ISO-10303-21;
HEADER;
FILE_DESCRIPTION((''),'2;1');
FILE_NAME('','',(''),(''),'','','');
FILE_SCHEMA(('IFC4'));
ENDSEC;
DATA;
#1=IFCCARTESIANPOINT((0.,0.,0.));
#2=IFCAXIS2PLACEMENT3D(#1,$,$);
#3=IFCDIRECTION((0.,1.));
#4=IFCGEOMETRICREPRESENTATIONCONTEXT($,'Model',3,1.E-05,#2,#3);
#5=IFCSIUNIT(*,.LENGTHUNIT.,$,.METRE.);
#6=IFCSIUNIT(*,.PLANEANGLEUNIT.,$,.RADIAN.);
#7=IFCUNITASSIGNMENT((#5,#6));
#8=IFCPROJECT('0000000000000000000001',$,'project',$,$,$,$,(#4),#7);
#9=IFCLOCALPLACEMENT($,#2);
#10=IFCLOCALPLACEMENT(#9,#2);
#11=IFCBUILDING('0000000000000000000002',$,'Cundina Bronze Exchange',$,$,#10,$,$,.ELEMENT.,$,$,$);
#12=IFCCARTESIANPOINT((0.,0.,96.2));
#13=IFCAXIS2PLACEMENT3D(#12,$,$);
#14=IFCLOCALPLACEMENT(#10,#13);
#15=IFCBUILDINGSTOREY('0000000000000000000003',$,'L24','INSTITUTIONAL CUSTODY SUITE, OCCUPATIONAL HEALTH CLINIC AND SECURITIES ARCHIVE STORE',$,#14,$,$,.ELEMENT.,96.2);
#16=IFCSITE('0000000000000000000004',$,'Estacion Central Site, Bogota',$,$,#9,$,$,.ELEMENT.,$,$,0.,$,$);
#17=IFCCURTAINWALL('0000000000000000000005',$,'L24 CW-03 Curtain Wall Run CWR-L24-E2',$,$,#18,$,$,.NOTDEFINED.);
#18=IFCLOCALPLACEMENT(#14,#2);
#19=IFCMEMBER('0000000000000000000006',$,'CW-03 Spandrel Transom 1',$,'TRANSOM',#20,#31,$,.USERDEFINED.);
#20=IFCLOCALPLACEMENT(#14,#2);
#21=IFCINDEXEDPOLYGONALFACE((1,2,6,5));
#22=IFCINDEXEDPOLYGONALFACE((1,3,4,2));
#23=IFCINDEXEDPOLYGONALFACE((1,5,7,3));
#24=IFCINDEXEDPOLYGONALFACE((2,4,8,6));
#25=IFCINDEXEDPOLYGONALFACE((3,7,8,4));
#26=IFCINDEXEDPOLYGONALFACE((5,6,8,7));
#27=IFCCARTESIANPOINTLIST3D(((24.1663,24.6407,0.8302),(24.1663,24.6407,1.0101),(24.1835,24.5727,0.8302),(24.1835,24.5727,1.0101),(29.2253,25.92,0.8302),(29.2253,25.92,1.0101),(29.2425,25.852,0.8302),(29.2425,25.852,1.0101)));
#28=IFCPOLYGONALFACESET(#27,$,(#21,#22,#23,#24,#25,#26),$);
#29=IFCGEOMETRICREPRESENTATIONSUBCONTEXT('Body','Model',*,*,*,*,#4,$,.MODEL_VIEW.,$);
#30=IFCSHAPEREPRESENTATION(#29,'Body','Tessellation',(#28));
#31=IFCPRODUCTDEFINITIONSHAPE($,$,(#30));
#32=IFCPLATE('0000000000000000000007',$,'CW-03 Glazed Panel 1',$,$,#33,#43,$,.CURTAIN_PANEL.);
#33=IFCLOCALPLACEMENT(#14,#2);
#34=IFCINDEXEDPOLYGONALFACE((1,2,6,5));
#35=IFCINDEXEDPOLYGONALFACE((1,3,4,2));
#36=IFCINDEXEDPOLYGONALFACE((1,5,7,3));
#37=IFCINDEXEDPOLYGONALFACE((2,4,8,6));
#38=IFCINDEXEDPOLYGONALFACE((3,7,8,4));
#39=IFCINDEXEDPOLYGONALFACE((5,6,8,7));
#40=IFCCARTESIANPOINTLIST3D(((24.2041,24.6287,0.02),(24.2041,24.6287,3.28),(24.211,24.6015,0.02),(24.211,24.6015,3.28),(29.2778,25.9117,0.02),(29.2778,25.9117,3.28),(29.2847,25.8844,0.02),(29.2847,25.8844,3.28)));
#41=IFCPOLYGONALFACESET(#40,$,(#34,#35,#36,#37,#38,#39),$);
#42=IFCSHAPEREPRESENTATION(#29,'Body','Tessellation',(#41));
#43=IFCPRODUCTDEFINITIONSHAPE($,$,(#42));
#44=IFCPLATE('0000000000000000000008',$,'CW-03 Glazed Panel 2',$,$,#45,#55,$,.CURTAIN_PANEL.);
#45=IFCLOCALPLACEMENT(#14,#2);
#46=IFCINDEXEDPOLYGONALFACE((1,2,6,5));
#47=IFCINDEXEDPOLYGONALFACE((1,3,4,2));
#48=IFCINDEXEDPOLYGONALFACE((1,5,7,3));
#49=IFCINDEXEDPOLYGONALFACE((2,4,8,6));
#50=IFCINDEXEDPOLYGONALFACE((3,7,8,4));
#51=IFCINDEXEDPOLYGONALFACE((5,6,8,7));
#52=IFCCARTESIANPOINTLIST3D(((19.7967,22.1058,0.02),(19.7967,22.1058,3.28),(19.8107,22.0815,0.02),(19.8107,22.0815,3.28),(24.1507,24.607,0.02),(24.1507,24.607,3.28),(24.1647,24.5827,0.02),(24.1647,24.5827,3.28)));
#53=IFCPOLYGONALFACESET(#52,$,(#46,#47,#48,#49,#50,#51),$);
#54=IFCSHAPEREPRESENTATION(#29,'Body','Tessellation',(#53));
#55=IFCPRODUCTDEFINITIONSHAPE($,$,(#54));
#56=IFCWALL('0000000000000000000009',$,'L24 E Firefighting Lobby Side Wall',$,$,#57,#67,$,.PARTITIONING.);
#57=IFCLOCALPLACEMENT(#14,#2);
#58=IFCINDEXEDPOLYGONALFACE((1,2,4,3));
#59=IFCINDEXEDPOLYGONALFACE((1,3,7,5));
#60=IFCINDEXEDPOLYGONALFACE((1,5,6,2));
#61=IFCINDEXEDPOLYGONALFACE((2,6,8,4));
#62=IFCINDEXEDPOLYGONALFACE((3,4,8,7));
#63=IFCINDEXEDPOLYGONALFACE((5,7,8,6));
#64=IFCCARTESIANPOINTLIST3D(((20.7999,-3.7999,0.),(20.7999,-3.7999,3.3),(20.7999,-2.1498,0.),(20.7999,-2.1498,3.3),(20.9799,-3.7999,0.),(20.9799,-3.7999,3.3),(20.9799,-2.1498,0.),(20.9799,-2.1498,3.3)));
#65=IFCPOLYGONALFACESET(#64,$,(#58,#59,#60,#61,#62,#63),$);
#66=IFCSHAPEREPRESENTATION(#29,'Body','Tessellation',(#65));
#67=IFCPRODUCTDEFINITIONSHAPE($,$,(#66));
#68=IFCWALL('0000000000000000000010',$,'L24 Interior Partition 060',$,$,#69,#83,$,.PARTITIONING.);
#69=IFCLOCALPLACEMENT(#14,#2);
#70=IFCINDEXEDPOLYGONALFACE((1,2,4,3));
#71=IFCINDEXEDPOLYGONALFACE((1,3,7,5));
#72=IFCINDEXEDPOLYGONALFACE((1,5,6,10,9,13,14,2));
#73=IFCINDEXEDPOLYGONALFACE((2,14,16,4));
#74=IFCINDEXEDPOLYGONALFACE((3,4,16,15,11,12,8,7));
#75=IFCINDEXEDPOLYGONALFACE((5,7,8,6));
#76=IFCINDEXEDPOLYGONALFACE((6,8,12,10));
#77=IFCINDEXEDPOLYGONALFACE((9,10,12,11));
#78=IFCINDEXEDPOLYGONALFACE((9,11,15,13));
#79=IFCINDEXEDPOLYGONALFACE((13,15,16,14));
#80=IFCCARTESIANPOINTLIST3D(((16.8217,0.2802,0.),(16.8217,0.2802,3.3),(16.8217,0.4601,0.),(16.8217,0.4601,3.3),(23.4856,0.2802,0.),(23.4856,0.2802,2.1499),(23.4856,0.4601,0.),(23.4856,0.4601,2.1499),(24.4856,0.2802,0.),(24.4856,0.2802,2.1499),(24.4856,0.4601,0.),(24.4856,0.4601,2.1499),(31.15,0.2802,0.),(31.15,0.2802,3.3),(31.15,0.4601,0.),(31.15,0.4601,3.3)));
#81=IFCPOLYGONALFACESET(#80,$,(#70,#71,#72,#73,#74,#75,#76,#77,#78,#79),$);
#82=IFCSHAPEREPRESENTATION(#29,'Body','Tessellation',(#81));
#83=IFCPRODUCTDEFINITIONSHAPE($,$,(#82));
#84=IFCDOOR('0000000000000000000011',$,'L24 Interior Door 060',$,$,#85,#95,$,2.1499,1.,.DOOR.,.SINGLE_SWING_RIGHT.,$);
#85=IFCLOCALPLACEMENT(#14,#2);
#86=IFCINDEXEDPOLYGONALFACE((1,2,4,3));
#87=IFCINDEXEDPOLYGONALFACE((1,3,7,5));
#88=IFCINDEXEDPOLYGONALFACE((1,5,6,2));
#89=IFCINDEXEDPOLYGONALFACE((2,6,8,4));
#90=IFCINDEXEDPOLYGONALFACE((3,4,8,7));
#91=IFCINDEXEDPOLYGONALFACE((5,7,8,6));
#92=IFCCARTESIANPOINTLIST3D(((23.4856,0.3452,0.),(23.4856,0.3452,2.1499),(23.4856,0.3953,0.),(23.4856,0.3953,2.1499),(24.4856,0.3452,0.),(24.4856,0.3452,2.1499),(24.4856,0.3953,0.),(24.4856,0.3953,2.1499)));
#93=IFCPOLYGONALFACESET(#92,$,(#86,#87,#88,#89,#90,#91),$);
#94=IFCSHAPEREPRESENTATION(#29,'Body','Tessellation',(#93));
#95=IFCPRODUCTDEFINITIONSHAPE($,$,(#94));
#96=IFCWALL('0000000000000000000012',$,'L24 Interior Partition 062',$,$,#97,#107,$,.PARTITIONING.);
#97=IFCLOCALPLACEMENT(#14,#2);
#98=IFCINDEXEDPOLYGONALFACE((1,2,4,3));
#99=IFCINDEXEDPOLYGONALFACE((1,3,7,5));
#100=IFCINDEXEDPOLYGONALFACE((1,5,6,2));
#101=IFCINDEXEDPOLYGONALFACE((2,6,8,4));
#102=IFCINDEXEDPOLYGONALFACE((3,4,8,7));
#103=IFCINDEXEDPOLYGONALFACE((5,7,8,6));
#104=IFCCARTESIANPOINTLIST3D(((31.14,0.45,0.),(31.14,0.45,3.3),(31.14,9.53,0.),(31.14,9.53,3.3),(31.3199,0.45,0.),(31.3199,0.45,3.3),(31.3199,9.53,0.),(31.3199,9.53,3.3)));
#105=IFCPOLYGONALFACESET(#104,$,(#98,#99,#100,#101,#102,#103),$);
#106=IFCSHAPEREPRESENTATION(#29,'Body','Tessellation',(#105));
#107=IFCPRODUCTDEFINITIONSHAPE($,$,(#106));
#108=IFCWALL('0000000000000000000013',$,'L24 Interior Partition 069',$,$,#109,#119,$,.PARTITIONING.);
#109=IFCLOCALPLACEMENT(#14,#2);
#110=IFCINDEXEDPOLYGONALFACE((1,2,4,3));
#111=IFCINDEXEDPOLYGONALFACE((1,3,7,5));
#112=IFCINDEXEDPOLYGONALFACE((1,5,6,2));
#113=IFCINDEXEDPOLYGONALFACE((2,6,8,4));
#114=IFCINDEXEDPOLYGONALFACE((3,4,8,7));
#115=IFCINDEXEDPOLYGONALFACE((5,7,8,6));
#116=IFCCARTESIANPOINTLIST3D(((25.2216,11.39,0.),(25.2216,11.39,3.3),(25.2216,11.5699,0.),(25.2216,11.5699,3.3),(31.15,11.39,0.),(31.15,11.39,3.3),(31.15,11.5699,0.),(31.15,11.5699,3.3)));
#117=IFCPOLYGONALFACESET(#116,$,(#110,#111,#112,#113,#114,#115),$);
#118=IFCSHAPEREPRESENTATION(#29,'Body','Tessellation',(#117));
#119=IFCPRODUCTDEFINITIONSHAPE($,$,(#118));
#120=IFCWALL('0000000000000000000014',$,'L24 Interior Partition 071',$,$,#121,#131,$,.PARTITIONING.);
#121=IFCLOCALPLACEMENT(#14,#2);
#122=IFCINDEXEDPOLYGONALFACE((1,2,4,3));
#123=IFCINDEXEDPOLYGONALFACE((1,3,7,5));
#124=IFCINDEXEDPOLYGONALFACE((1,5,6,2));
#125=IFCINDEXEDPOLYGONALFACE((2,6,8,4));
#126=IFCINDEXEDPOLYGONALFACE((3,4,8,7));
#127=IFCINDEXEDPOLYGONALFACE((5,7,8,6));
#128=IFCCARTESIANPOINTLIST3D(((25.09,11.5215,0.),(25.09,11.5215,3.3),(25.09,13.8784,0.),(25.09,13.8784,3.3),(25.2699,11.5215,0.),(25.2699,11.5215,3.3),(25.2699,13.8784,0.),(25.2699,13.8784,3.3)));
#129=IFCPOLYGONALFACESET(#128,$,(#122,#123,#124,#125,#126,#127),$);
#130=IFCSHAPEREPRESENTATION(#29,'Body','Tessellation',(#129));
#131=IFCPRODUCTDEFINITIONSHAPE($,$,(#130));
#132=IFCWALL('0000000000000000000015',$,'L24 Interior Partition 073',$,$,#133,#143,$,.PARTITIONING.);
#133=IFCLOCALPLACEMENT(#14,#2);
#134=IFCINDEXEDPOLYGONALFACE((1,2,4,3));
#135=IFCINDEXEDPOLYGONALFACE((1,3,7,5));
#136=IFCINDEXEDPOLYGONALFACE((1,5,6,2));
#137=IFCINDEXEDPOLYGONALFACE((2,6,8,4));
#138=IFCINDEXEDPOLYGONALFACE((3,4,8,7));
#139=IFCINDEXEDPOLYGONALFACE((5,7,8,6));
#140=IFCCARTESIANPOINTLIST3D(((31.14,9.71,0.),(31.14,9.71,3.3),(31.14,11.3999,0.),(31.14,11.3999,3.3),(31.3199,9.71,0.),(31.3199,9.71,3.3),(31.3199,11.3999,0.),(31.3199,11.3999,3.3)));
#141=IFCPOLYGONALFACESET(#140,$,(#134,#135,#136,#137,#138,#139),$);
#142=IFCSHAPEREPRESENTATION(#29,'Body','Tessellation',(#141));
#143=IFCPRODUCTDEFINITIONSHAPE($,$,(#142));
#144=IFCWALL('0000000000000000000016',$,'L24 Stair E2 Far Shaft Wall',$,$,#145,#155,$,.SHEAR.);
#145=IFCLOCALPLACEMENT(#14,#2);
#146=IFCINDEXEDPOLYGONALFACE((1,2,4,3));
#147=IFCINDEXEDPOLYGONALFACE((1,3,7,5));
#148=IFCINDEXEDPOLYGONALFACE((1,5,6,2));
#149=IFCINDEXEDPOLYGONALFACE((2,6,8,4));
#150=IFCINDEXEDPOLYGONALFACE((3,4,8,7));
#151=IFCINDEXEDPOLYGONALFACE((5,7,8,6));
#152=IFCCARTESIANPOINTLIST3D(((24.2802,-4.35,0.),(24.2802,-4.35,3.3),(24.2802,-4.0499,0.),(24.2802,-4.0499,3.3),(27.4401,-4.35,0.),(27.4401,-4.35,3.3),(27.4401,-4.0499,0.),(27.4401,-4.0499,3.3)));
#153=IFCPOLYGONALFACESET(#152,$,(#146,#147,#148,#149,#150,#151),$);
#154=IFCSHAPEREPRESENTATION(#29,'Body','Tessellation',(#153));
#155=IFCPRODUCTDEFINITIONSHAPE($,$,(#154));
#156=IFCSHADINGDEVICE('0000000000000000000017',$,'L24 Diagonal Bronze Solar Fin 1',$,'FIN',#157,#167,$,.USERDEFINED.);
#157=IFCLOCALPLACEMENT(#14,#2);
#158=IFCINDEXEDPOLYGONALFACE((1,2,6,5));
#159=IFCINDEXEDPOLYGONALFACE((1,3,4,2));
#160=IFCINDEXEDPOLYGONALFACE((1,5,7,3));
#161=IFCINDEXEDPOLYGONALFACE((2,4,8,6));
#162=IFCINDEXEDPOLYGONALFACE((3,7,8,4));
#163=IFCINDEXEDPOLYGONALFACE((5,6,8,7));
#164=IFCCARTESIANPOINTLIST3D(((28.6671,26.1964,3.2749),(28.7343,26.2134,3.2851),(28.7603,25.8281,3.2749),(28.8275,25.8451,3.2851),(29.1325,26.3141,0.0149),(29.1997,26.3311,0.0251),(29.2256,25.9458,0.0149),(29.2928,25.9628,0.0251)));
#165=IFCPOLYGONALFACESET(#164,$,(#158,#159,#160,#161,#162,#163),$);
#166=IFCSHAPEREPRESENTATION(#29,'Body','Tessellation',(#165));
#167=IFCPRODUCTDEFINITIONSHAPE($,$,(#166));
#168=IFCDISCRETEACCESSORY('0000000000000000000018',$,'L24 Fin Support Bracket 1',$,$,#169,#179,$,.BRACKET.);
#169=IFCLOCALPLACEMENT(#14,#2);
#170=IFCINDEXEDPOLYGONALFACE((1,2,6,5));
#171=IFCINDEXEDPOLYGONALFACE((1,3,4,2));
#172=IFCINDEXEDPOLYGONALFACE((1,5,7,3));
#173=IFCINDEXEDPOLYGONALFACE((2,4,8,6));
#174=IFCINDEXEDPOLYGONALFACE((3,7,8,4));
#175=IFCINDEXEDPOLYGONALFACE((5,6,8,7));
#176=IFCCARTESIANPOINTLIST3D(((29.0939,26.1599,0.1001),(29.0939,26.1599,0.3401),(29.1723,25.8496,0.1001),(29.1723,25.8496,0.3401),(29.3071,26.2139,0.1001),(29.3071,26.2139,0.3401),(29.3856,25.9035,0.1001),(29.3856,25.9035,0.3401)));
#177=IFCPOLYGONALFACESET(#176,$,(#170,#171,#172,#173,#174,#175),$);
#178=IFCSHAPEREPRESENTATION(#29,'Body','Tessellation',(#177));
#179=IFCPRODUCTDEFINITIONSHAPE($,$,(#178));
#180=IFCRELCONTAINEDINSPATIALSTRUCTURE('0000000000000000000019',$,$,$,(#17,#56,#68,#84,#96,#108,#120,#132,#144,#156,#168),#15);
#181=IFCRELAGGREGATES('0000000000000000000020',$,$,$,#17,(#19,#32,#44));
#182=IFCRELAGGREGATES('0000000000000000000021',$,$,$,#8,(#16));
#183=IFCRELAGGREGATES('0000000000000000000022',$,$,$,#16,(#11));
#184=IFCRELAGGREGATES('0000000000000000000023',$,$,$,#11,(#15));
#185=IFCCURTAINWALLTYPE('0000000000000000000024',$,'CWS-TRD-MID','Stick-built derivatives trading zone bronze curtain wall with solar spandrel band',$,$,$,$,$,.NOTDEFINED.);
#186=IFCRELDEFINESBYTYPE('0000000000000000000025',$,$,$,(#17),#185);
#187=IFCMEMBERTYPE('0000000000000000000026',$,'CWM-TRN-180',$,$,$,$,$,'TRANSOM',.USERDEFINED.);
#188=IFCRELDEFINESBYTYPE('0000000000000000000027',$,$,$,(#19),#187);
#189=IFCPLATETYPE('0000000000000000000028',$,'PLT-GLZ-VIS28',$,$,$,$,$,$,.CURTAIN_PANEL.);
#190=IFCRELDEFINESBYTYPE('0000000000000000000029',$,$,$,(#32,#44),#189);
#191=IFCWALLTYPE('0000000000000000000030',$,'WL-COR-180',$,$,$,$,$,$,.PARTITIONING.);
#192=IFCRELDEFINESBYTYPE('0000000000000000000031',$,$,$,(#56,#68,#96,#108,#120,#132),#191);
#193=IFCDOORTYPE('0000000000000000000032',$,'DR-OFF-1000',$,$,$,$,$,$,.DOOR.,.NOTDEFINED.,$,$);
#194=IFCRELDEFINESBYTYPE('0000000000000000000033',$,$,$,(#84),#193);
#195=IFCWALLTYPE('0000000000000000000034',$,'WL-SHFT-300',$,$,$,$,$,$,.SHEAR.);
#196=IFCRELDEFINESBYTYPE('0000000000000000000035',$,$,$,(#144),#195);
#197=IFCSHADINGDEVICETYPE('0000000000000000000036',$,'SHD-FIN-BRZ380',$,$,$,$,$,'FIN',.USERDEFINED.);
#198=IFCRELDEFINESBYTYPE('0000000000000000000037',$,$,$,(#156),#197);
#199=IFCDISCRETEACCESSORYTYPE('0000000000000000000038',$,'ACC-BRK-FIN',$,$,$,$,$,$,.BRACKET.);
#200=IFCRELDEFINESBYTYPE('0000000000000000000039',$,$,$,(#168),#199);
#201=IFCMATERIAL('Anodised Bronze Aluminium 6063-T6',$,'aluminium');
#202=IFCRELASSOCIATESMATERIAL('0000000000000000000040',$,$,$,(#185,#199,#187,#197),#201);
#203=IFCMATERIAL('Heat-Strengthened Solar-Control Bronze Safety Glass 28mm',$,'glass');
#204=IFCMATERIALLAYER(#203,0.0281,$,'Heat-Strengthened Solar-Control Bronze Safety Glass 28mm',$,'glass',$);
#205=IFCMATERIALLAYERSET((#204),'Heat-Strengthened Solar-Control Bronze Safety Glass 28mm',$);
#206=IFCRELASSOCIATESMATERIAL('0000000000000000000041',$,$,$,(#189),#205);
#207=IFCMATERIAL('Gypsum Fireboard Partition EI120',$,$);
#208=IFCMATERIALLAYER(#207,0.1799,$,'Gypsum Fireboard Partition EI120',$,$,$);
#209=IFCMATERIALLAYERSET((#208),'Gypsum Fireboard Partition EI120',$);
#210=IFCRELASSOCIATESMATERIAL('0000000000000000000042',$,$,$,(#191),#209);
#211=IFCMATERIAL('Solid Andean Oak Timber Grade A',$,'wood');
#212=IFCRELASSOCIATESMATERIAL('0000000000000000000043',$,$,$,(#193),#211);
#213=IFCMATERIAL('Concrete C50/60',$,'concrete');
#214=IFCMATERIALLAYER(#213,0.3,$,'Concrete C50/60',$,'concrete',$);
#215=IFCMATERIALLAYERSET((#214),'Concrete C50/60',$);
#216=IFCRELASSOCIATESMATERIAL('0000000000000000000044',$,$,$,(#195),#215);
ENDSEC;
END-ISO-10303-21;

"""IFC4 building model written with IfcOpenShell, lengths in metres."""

from ifc_helpers import new_model, si_unit, direction, frame, frame_2d, origin, origin_2d, place, context, subcontext, project, spatial, rectangle, extrude, material, layer, layer_set, material_profile, profile_set, type_object, element, fill, aggregate, save


model = new_model("IFC4")

# Units and contexts
model_context = context("Model", 3, precision=1e-05, world=origin(), true_north=direction((0.0, 1.0)))
body_context = subcontext(model_context, "Body", "Model", "MODEL_VIEW")
ifc_project = project(units=[si_unit("LENGTHUNIT", "METRE"), si_unit("PLANEANGLEUNIT", "RADIAN")], contexts=[model_context])

# Site, building, storey
site_placement = place(None, origin())
site = spatial("IfcSite", under=ifc_project, at=site_placement, Name="Estacion Central Site, Bogota", CompositionType="ELEMENT", RefElevation=0.0)
building_placement = place(site_placement, origin())
building = spatial("IfcBuilding", under=site, at=building_placement, Name="Cundina Bronze Exchange", CompositionType="ELEMENT")
storey_placement = place(building_placement, frame((0.0, 0.0, 96.2)))
storey = spatial("IfcBuildingStorey", under=building, at=storey_placement, Name="L24", Description="INSTITUTIONAL CUSTODY SUITE, OCCUPATIONAL HEALTH CLINIC AND SECURITIES ARCHIVE STORE", CompositionType="ELEMENT", Elevation=96.2)

# Shared definitions
ifc_material_1 = material(Name="Anodised Bronze Aluminium 6063-T6", Category="aluminium")
curtain_wall_type = type_object("IfcCurtainWallType", Name="CWS-TRD-MID", Description="Stick-built derivatives trading zone bronze curtain wall with solar spandrel band", PredefinedType="NOTDEFINED", material=ifc_material_1)

# Curtain wall, member, plates
curtain_wall_1_placement = place(storey_placement, origin())
curtain_wall_1 = element("IfcCurtainWall", 1, at=curtain_wall_1_placement, inside=storey, type_object=curtain_wall_type, Name="L24 CW-03 Curtain Wall Run CWR-L24-E2", PredefinedType="NOTDEFINED")
ifc_material_profile_1 = material_profile(ifc_material_1, rectangle(XDim=0.0701, YDim=0.1799, at=origin_2d()), Name="AL70X180", Category="aluminium")
ifc_profile_set_1 = profile_set([ifc_material_profile_1], Name="Anodised Bronze Aluminium 6063-T6")
member_type_1 = type_object("IfcMemberType", Name="CWM-TRN-180", ElementType="TRANSOM", PredefinedType="USERDEFINED", material=ifc_profile_set_1)
member_1_placement = place(storey_placement, frame((29.2339, 25.886, 0.9202), z_axis=(-0.969484, -0.245155, 0.0), x_axis=(0.245155, -0.969484, 0.0)))
member_1 = element("IfcMember", 2, at=member_1_placement, type_object=member_type_1, Name="CW-03 Spandrel Transom 1", ObjectType="TRANSOM", PredefinedType="USERDEFINED", context=body_context, shape_type="SweptSolid", body=[
    extrude(rectangle(XDim=0.0701, YDim=0.1799, at=origin_2d()), origin(), (0.0, 0.0, 1.0), 5.2183),
])
ifc_material_2 = material(Name="Heat-Strengthened Solar-Control Bronze Safety Glass 28mm", Category="glass")
ifc_layer_1 = layer(ifc_material_2, 0.0281, Name="Heat-Strengthened Solar-Control Bronze Safety Glass 28mm", Category="glass")
ifc_layer_set_1 = layer_set([ifc_layer_1], Name="Heat-Strengthened Solar-Control Bronze Safety Glass 28mm")
plate_type = type_object("IfcPlateType", Name="PLT-GLZ-VIS28", PredefinedType="CURTAIN_PANEL", material=ifc_layer_set_1)
plate_1_placement = place(storey_placement, frame((26.7444, 25.2566, 0.02), z_axis=(0.0, 0.0, 1.0), x_axis=(-0.969488, -0.245138, 0.0)))
plate_1 = element("IfcPlate", 3, at=plate_1_placement, type_object=plate_type, Name="CW-03 Glazed Panel 1", PredefinedType="CURTAIN_PANEL", context=body_context, shape_type="SweptSolid", body=[
    extrude(rectangle(XDim=5.2334, YDim=0.0281, at=origin_2d()), origin(), (0.0, 0.0, 1.0), 3.26),
])
plate_2_placement = place(storey_placement, frame((21.9807, 23.3442, 0.02), z_axis=(0.0, 0.0, 1.0), x_axis=(-0.867105, -0.498125, 0.0)))
plate_2 = element("IfcPlate", 4, at=plate_2_placement, type_object=plate_type, Name="CW-03 Glazed Panel 2", PredefinedType="CURTAIN_PANEL", context=body_context, shape_type="SweptSolid", body=[
    extrude(rectangle(XDim=5.0212, YDim=0.0281, at=origin_2d()), origin(), (0.0, 0.0, 1.0), 3.26),
])
aggregate(curtain_wall_1, [member_1, plate_1, plate_2])

# Wall
ifc_material_3 = material(Name="Gypsum Fireboard Partition EI120")
ifc_layer_2 = layer(ifc_material_3, 0.1799, Name="Gypsum Fireboard Partition EI120")
ifc_layer_set_2 = layer_set([ifc_layer_2], Name="Gypsum Fireboard Partition EI120")
wall_type_1 = type_object("IfcWallType", Name="WL-COR-180", PredefinedType="PARTITIONING", material=ifc_layer_set_2)
wall_1_placement = place(storey_placement, frame((20.8899, -3.8, 0.0), z_axis=(0.0, 0.0, 1.0), x_axis=(0.0, 1.0, 0.0)))
element("IfcWall", 5, at=wall_1_placement, inside=storey, type_object=wall_type_1, Name="L24 E Firefighting Lobby Side Wall", PredefinedType="PARTITIONING", context=body_context, shape_type="SweptSolid", body=[
    extrude(rectangle(XDim=1.6501, YDim=0.1799, at=frame_2d((0.8252, 0.0))), origin(), (0.0, 0.0, 1.0), 3.3),
])

# Wall, opening, door
wall_2_placement = place(storey_placement, frame((31.1499, 0.3701, 0.0), z_axis=(0.0, 0.0, 1.0), x_axis=(-1.0, 0.0, 0.0)))
wall_2 = element("IfcWall", 6, at=wall_2_placement, inside=storey, type_object=wall_type_1, Name="L24 Interior Partition 060", PredefinedType="PARTITIONING", context=body_context, shape_type="SweptSolid", body=[
    extrude(rectangle(XDim=14.3284, YDim=0.1799, at=frame_2d((7.1641, 0.0))), origin(), (0.0, 0.0, 1.0), 3.3),
])
opening_1_placement = place(wall_2_placement, frame((6.6643, 0.0, 0.0)))
opening_1 = element("IfcOpeningElement", 7, at=opening_1_placement, cuts=wall_2, PredefinedType="OPENING", context=body_context, shape_type="SweptSolid", body=[
    extrude(rectangle(XDim=1.0, YDim=2.1499, at=frame_2d((0.5, 1.075))), frame((0.0, 0.0999, 0.0), z_axis=(0.0, -1.0, 0.0), x_axis=(1.0, 0.0, 0.0)), (0.0, 0.0, 1.0), 0.2),
])
ifc_material_4 = material(Name="Solid Andean Oak Timber Grade A", Category="wood")
door_type_1 = type_object("IfcDoorType", Name="DR-OFF-1000", OperationType="NOTDEFINED", PredefinedType="DOOR", material=ifc_material_4)
door_1_placement = place(opening_1_placement, origin())
door_1 = element("IfcDoor", 8, at=door_1_placement, inside=storey, type_object=door_type_1, Name="L24 Interior Door 060", OperationType="SINGLE_SWING_RIGHT", OverallHeight=2.1499, OverallWidth=1.0, PredefinedType="DOOR", context=body_context, shape_type="SweptSolid", body=[
    extrude(rectangle(XDim=1.0, YDim=2.1499, at=frame_2d((0.5, 1.075))), frame((0.0, 0.0249, 0.0), z_axis=(0.0, -1.0, 0.0), x_axis=(1.0, 0.0, 0.0)), (0.0, 0.0, 1.0), 0.05),
])
fill(opening_1, door_1)

# Walls
wall_3_placement = place(storey_placement, frame((31.23, 9.53, 0.0), z_axis=(0.0, 0.0, 1.0), x_axis=(0.0, -1.0, 0.0)))
element("IfcWall", 9, at=wall_3_placement, inside=storey, type_object=wall_type_1, Name="L24 Interior Partition 062", PredefinedType="PARTITIONING", context=body_context, shape_type="SweptSolid", body=[
    extrude(rectangle(XDim=9.0801, YDim=0.1799, at=frame_2d((4.54, 0.0))), origin(), (0.0, 0.0, 1.0), 3.3),
])
wall_4_placement = place(storey_placement, frame((25.2214, 11.48, 0.0), z_axis=(0.0, 0.0, 1.0), x_axis=(1.0, 0.0, 0.0)))
element("IfcWall", 10, at=wall_4_placement, inside=storey, type_object=wall_type_1, Name="L24 Interior Partition 069", PredefinedType="PARTITIONING", context=body_context, shape_type="SweptSolid", body=[
    extrude(rectangle(XDim=5.9285, YDim=0.1799, at=frame_2d((2.9644, 0.0))), origin(), (0.0, 0.0, 1.0), 3.3),
])
wall_5_placement = place(storey_placement, frame((25.1799, 13.8784, 0.0), z_axis=(0.0, 0.0, 1.0), x_axis=(0.0, -1.0, 0.0)))
element("IfcWall", 11, at=wall_5_placement, inside=storey, type_object=wall_type_1, Name="L24 Interior Partition 071", PredefinedType="PARTITIONING", context=body_context, shape_type="SweptSolid", body=[
    extrude(rectangle(XDim=2.3569, YDim=0.1799, at=frame_2d((1.1785, 0.0))), origin(), (0.0, 0.0, 1.0), 3.3),
])
wall_6_placement = place(storey_placement, frame((31.23, 11.3999, 0.0), z_axis=(0.0, 0.0, 1.0), x_axis=(0.0, -1.0, 0.0)))
element("IfcWall", 12, at=wall_6_placement, inside=storey, type_object=wall_type_1, Name="L24 Interior Partition 073", PredefinedType="PARTITIONING", context=body_context, shape_type="SweptSolid", body=[
    extrude(rectangle(XDim=1.6899, YDim=0.1799, at=frame_2d((0.845, 0.0))), origin(), (0.0, 0.0, 1.0), 3.3),
])

# Shared definitions
ifc_material_5 = material(Name="Concrete C50/60", Category="concrete")
ifc_layer_3 = layer(ifc_material_5, 0.3, Name="Concrete C50/60", Category="concrete")
ifc_layer_set_3 = layer_set([ifc_layer_3], Name="Concrete C50/60")
wall_type_2 = type_object("IfcWallType", Name="WL-SHFT-300", PredefinedType="SHEAR", material=ifc_layer_set_3)

# Wall
wall_7_placement = place(storey_placement, frame((24.28, -4.2, 0.0), z_axis=(0.0, 0.0, 1.0), x_axis=(1.0, 0.0, 0.0)))
element("IfcWall", 13, at=wall_7_placement, inside=storey, type_object=wall_type_2, Name="L24 Stair E2 Far Shaft Wall", PredefinedType="SHEAR", context=body_context, shape_type="SweptSolid", body=[
    extrude(rectangle(XDim=3.1599, YDim=0.3, at=frame_2d((1.5801, 0.0))), origin(), (0.0, 0.0, 1.0), 3.3),
])

# Shading device
ifc_material_profile_2 = material_profile(ifc_material_1, rectangle(XDim=0.0701, YDim=0.3799, at=origin_2d()), Name="FIN70X380", Category="aluminium")
ifc_profile_set_2 = profile_set([ifc_material_profile_2], Name="Anodised Bronze Aluminium 6063-T6")
shading_device_type = type_object("IfcShadingDeviceType", Name="SHD-FIN-BRZ380", ElementType="FIN", PredefinedType="USERDEFINED", material=ifc_profile_set_2)
shading_device_placement = place(storey_placement, frame((29.2126, 26.1384, 0.02), z_axis=(-0.141217, -0.035712, 0.989334), x_axis=(0.959141, 0.242553, 0.145663)))
element("IfcShadingDevice", 14, at=shading_device_placement, inside=storey, type_object=shading_device_type, Name="L24 Diagonal Bronze Solar Fin 1", ObjectType="FIN", PredefinedType="USERDEFINED", context=body_context, shape_type="SweptSolid", body=[
    extrude(rectangle(XDim=0.0701, YDim=0.3799, at=origin_2d()), origin(), (0.0, 0.0, 1.0), 3.2952),
])

# Discrete accessory
discrete_accessory_type = type_object("IfcDiscreteAccessoryType", Name="ACC-BRK-FIN", PredefinedType="BRACKET", material=ifc_material_1)
discrete_accessory_placement = place(storey_placement, frame((29.2397, 26.0317, 0.1001), z_axis=(0.0, 0.0, 1.0), x_axis=(-0.969488, -0.245138, 0.0)))
element("IfcDiscreteAccessory", 15, at=discrete_accessory_placement, inside=storey, type_object=discrete_accessory_type, Name="L24 Fin Support Bracket 1", PredefinedType="BRACKET", context=body_context, shape_type="SweptSolid", body=[
    extrude(rectangle(XDim=0.22, YDim=0.3201, at=origin_2d()), origin(), (0.0, 0.0, 1.0), 0.24),
])

save(model, "model.ifc")
